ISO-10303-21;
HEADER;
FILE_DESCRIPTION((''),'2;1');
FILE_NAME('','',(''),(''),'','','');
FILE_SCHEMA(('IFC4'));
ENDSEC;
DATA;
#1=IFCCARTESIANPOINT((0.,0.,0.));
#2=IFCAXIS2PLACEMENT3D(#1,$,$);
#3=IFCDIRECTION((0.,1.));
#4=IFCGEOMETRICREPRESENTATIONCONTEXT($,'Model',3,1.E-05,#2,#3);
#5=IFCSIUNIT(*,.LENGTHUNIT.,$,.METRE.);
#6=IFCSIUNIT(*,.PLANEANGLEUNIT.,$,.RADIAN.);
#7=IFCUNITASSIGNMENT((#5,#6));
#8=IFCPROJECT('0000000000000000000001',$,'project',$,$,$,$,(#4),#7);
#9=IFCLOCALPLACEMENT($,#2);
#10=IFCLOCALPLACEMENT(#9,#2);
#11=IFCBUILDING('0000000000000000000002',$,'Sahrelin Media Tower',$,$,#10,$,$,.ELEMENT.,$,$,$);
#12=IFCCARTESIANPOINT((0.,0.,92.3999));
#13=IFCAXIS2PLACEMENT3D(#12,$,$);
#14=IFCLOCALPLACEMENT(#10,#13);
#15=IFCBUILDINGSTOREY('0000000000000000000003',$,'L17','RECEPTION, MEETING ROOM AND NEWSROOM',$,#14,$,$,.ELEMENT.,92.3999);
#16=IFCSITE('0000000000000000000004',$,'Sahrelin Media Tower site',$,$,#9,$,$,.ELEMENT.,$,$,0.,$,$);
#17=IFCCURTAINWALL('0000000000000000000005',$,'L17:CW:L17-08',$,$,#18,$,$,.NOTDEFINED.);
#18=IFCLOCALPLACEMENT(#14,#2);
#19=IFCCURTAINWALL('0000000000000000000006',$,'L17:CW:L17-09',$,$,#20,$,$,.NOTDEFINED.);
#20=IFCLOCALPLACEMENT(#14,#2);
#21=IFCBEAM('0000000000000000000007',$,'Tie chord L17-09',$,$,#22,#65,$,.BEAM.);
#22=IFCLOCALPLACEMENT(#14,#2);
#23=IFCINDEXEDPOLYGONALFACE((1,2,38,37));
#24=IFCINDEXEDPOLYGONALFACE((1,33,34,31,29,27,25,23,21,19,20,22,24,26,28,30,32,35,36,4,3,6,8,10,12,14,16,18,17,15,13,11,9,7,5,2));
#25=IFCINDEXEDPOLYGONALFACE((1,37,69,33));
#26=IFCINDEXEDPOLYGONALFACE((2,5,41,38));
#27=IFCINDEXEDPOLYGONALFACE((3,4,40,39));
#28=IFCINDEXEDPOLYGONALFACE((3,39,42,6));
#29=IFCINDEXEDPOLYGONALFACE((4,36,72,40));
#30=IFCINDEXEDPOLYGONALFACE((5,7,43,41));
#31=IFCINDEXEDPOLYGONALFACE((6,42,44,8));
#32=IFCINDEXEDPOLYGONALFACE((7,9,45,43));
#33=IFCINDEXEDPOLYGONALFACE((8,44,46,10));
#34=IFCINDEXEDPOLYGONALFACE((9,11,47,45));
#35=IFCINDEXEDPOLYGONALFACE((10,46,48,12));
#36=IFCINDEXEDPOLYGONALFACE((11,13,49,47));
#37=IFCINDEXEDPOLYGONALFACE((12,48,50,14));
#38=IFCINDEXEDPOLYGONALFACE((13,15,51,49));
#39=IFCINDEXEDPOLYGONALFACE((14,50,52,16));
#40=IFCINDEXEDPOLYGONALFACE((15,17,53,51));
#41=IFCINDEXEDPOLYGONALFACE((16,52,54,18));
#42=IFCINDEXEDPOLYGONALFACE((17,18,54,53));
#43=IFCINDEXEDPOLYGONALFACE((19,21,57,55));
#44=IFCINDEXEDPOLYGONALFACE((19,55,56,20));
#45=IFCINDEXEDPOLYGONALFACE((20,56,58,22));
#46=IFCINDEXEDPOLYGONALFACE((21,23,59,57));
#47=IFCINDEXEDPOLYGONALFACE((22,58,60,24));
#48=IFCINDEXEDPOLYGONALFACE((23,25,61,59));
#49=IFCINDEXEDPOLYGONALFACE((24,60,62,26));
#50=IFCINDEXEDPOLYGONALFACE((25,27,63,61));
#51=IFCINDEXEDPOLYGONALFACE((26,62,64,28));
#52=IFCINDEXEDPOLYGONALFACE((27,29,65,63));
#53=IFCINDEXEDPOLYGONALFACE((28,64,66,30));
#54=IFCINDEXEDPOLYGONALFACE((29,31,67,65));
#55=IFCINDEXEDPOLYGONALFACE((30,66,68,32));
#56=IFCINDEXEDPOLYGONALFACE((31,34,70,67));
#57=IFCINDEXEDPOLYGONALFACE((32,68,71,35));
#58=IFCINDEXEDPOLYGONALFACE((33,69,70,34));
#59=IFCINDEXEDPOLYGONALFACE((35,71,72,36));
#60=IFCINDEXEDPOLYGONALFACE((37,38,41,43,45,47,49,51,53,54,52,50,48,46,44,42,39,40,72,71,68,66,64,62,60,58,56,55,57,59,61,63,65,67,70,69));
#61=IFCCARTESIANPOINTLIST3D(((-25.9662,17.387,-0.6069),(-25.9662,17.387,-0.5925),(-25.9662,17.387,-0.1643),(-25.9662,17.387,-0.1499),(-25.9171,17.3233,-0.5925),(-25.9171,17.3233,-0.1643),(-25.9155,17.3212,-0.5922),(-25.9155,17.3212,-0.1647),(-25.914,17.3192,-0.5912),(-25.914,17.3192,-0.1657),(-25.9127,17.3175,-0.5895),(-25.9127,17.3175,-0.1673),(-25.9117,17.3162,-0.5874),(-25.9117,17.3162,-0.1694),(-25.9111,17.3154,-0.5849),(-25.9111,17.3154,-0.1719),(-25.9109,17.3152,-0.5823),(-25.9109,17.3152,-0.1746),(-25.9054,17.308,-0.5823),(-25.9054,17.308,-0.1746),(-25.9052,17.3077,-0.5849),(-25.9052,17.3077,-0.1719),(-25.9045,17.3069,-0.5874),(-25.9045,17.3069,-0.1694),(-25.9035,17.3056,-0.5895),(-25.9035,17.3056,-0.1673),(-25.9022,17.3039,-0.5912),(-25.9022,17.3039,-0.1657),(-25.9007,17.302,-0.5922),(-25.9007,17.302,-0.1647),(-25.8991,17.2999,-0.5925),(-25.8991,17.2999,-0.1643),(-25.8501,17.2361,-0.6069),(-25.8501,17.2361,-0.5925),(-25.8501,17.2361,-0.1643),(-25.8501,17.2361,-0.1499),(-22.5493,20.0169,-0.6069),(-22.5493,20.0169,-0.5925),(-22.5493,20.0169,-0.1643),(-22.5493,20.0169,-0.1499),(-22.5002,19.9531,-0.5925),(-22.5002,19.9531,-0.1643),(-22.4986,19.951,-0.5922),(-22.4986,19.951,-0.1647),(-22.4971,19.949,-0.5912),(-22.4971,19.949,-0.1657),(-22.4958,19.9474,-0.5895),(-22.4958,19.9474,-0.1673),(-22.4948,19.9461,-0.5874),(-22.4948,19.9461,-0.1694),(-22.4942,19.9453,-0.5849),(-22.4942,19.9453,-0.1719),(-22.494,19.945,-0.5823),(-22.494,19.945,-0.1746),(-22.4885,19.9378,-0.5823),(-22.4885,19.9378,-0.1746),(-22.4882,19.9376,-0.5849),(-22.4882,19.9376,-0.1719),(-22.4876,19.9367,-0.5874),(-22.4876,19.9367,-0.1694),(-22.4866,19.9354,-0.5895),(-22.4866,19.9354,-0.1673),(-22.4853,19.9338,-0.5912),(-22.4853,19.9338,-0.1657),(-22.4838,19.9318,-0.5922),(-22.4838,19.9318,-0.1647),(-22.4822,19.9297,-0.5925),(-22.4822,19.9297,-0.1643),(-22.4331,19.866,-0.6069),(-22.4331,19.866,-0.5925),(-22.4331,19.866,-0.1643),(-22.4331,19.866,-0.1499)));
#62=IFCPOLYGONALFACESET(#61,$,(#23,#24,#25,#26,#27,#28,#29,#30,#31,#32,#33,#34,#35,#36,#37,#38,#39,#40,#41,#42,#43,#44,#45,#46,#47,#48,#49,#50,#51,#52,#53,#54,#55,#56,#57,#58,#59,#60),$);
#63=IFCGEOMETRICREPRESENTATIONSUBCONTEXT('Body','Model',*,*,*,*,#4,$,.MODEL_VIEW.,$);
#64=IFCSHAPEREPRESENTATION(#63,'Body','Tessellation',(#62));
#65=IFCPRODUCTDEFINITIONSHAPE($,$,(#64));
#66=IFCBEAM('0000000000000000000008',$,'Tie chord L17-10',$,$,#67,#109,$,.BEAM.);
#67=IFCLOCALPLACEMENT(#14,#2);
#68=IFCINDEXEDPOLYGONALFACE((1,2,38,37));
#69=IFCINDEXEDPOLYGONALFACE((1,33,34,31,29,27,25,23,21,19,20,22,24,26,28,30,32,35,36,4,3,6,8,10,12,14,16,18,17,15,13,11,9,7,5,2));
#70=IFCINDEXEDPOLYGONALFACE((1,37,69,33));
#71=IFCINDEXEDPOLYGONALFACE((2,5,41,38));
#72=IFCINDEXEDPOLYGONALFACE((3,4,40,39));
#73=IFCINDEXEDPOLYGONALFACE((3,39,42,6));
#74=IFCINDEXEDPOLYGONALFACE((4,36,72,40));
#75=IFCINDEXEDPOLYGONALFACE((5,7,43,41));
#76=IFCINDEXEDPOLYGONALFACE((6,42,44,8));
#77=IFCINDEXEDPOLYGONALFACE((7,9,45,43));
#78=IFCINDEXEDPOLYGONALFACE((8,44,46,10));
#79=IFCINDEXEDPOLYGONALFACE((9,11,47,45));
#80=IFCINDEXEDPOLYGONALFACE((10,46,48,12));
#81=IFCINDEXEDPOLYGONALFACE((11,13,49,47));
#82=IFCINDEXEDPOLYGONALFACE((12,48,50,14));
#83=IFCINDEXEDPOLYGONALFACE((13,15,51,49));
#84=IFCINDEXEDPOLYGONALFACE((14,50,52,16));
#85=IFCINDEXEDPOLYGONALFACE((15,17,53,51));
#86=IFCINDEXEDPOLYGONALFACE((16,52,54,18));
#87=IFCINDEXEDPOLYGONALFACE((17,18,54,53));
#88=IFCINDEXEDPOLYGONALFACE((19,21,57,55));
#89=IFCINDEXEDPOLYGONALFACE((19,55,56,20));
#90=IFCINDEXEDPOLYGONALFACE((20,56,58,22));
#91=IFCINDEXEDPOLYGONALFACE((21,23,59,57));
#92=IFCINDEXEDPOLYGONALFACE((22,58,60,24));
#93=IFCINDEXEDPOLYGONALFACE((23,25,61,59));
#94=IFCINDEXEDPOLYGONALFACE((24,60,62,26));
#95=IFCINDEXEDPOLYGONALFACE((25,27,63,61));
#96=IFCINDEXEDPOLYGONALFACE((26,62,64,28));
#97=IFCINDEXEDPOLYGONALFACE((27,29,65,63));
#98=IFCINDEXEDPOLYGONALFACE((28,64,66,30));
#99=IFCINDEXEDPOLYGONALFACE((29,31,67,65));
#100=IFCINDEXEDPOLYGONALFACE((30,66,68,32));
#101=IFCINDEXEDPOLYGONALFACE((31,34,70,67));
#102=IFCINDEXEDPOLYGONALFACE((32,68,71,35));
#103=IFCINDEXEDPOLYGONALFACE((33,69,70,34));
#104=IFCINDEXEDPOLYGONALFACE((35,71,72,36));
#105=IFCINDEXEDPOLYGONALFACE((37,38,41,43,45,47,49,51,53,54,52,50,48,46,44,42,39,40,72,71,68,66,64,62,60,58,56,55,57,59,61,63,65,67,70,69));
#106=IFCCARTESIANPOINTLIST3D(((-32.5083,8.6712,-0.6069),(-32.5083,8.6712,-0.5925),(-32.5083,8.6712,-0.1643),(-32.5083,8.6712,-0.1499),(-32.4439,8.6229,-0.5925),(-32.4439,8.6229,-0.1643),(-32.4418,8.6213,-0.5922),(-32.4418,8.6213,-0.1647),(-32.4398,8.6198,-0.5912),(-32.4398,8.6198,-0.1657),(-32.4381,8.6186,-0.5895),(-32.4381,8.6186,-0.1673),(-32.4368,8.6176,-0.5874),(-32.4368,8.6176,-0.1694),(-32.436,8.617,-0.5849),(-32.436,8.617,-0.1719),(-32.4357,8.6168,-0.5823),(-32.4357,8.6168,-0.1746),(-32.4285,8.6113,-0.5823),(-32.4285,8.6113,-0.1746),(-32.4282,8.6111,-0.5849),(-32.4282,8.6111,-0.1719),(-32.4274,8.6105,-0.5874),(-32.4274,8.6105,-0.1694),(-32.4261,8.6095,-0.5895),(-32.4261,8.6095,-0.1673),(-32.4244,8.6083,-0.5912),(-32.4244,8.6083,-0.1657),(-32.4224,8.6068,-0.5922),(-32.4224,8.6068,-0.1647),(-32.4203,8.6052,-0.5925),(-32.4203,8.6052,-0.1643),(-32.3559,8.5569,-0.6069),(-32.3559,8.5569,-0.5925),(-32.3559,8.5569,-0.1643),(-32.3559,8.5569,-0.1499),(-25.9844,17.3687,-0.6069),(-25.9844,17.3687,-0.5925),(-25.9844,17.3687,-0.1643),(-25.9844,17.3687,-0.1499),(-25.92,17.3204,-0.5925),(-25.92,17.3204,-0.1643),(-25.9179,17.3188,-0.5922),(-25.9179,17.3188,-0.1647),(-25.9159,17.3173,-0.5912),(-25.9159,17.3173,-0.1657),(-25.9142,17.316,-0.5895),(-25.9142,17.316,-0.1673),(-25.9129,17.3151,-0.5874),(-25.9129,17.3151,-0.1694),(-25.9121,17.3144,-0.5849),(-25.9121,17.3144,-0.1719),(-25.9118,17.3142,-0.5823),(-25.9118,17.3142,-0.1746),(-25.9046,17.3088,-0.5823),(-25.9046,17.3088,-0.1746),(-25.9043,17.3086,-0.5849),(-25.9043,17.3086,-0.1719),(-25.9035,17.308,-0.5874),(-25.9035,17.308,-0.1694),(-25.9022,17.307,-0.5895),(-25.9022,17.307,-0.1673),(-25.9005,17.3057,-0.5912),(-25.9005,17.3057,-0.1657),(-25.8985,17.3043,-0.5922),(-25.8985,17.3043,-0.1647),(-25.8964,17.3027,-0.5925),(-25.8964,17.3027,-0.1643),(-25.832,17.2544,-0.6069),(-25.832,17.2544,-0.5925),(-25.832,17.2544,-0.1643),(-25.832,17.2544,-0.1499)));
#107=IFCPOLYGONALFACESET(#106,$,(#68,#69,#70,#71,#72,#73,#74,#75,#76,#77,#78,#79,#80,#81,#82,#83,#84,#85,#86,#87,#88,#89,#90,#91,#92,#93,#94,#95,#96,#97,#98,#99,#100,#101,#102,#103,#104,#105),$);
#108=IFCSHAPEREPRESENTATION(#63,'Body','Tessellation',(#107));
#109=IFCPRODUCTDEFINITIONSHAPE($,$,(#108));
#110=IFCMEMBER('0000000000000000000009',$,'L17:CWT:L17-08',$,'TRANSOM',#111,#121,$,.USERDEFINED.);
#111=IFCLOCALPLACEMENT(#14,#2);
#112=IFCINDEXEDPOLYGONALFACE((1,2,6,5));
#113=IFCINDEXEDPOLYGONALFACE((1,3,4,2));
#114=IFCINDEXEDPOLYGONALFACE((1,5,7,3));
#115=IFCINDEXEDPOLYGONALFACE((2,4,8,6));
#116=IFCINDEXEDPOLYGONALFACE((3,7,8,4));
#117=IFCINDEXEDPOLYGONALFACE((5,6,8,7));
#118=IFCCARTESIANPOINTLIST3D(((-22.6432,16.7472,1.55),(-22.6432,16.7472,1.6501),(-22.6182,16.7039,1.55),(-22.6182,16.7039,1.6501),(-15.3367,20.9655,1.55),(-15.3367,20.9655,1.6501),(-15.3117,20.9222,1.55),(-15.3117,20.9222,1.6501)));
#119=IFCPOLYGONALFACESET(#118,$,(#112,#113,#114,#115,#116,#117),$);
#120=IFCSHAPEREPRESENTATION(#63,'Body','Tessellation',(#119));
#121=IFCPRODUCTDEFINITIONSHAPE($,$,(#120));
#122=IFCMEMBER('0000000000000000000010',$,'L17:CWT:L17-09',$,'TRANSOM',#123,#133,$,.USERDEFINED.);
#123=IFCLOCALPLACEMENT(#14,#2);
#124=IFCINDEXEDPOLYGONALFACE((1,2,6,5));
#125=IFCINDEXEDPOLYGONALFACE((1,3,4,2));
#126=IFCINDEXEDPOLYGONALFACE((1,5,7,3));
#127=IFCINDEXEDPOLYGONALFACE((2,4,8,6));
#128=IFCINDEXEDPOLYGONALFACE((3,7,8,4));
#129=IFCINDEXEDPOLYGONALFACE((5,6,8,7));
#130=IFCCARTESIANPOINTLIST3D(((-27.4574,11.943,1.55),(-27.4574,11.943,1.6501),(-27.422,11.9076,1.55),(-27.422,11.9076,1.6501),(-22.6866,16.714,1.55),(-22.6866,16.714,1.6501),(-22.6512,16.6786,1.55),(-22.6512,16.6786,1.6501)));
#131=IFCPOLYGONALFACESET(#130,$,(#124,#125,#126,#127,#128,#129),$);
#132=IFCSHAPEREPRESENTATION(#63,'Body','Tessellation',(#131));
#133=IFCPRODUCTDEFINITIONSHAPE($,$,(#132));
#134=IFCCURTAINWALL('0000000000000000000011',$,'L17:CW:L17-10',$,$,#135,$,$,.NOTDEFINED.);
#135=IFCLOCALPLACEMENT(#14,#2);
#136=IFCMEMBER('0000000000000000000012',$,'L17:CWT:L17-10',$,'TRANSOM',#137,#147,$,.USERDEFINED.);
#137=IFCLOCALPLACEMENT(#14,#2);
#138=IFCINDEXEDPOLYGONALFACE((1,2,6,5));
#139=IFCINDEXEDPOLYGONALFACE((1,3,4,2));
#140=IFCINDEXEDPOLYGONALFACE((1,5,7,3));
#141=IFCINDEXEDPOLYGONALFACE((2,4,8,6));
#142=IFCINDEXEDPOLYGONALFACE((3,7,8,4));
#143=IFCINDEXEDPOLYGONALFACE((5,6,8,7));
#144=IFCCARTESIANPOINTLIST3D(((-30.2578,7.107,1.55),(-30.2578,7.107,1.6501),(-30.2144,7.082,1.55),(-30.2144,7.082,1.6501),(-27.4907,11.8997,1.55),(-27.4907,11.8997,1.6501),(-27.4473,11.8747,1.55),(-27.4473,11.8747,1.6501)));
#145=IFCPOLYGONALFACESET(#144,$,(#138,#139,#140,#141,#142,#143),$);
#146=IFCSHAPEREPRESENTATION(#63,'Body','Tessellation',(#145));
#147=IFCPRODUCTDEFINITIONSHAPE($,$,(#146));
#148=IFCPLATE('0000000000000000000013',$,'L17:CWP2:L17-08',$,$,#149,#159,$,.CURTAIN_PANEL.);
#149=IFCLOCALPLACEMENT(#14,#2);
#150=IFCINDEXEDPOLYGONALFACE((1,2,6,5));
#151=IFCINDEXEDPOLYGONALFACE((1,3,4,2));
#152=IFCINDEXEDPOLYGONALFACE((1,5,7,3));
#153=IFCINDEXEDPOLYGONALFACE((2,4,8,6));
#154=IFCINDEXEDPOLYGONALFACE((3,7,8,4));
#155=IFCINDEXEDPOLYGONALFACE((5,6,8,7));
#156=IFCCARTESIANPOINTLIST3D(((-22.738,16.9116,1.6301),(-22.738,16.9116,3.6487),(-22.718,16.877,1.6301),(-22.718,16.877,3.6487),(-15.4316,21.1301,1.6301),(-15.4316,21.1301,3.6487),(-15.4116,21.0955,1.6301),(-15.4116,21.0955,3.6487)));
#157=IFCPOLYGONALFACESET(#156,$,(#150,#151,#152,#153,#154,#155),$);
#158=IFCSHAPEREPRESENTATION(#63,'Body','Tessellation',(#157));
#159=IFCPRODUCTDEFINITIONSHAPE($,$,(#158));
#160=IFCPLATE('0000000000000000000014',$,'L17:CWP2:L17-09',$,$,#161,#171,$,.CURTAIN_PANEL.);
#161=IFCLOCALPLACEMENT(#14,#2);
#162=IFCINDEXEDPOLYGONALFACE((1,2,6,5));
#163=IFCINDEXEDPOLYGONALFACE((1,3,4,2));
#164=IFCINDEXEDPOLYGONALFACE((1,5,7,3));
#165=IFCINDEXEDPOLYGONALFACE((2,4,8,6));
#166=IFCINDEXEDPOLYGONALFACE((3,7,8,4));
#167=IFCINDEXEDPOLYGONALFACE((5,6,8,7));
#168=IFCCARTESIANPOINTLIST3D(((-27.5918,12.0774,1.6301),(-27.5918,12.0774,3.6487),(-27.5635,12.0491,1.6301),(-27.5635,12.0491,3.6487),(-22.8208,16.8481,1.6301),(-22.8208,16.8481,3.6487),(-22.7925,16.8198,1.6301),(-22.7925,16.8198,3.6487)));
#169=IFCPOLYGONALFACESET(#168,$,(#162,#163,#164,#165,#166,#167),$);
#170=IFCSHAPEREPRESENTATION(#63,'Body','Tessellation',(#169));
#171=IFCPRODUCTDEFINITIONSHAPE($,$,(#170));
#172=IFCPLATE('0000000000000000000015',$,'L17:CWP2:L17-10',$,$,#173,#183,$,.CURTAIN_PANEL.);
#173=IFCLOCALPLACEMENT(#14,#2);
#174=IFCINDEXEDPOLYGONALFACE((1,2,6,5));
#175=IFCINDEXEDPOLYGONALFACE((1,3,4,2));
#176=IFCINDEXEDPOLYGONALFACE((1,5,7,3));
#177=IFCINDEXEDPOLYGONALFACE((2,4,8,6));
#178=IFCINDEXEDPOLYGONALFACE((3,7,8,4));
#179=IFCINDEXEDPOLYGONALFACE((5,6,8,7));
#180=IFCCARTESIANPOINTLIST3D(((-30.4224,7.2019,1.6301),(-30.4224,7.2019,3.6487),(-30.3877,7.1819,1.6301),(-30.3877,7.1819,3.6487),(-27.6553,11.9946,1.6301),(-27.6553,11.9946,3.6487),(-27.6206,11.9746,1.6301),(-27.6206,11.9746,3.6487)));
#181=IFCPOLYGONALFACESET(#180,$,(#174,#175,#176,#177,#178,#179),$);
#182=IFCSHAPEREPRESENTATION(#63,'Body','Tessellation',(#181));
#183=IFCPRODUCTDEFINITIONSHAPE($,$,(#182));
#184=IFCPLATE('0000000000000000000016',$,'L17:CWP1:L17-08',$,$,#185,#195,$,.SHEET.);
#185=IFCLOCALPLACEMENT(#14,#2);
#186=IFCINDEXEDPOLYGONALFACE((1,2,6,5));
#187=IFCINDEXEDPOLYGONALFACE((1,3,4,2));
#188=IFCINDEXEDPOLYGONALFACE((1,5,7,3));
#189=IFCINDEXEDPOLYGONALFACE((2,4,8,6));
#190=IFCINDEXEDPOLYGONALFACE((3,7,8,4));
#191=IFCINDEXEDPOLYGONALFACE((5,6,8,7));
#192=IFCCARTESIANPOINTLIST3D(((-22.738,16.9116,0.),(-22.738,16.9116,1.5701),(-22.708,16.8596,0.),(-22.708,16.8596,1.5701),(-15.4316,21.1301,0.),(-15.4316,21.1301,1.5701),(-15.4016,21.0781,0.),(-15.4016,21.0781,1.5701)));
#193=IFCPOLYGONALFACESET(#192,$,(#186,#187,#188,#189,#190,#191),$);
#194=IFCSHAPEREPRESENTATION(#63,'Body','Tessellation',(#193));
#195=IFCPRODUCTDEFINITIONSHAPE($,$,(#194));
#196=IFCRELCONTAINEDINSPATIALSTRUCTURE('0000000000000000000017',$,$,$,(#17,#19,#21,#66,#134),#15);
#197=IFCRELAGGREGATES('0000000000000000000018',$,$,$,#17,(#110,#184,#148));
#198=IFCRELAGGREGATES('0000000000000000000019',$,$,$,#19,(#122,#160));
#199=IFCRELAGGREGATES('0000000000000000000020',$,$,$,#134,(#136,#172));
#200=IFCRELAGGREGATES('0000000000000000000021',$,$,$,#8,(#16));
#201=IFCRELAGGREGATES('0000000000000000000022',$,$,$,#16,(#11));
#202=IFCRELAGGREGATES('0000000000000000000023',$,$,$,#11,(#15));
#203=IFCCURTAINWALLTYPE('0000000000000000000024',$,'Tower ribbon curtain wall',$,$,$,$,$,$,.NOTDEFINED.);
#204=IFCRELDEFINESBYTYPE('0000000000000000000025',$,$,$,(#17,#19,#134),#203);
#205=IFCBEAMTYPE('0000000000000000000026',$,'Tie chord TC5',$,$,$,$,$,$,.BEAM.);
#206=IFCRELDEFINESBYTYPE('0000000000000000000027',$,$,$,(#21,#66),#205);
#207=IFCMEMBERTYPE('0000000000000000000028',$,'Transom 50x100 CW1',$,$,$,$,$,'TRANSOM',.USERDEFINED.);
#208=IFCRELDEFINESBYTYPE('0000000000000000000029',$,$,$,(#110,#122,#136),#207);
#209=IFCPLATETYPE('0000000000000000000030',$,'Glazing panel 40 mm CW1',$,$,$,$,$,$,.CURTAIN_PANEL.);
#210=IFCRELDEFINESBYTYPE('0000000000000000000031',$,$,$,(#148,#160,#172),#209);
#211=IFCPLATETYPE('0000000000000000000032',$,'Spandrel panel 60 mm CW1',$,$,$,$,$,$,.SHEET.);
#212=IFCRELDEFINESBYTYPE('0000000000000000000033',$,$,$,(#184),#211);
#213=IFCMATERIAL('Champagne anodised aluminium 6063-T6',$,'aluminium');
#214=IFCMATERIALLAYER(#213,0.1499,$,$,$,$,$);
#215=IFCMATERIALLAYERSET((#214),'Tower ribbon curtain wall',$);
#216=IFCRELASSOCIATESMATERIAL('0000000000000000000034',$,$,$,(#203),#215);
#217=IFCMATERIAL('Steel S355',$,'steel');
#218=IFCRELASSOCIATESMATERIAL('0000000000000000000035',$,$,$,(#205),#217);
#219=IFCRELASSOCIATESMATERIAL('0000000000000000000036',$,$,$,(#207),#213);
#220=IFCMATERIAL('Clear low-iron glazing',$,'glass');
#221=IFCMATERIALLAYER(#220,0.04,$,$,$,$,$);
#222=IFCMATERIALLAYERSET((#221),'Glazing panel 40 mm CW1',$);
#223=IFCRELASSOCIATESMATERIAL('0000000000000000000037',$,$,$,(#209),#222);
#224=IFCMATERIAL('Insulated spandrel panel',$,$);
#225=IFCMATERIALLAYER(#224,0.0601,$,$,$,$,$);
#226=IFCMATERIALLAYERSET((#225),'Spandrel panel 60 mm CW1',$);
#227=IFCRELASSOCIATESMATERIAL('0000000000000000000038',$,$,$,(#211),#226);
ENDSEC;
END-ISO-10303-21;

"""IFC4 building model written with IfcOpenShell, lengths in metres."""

from ifc_helpers import new_model, si_unit, direction, frame, origin, origin_2d, place, context, subcontext, project, spatial, polyline, rectangle, i_section, outline, extrude, material, layer, layer_set, material_profile, profile_set, type_object, element, aggregate, save


model = new_model("IFC4")

# Units and contexts
model_context = context("Model", 3, precision=1e-05, world=origin(), true_north=direction((0.0, 1.0)))
body_context = subcontext(model_context, "Body", "Model", "MODEL_VIEW")
ifc_project = project(units=[si_unit("LENGTHUNIT", "METRE"), si_unit("PLANEANGLEUNIT", "RADIAN")], contexts=[model_context])

# Site, building, storey
site_placement = place(None, origin())
site = spatial("IfcSite", under=ifc_project, at=site_placement, Name="Sahrelin Media Tower site", CompositionType="ELEMENT", RefElevation=0.0)
building_placement = place(site_placement, origin())
building = spatial("IfcBuilding", under=site, at=building_placement, Name="Sahrelin Media Tower", CompositionType="ELEMENT")
storey_placement = place(building_placement, frame((0.0, 0.0, 92.3999)))
storey = spatial("IfcBuildingStorey", under=building, at=storey_placement, Name="L17", Description="RECEPTION, MEETING ROOM AND NEWSROOM", CompositionType="ELEMENT", Elevation=92.3999)

# Shared definitions
ifc_material_1 = material(Name="Steel S355", Category="steel")

# Curtain walls
ifc_material_2 = material(Name="Champagne anodised aluminium 6063-T6", Category="aluminium")
ifc_layer_1 = layer(ifc_material_2, 0.1499)
ifc_layer_set_1 = layer_set([ifc_layer_1], Name="Tower ribbon curtain wall")
curtain_wall_type = type_object("IfcCurtainWallType", Name="Tower ribbon curtain wall", PredefinedType="NOTDEFINED", material=ifc_layer_set_1)
curtain_wall_1_placement = place(storey_placement, frame((-19.075, 19.0037, 0.0), z_axis=(0.0, 0.0, 1.0), x_axis=(1.0, 0.0, 0.0)))
curtain_wall_1 = element("IfcCurtainWall", 1, at=curtain_wall_1_placement, inside=storey, type_object=curtain_wall_type, Name="L17:CW:L17-08", PredefinedType="NOTDEFINED")
curtain_wall_2_placement = place(storey_placement, frame((-25.1921, 14.4485, 0.0), z_axis=(0.0, 0.0, 1.0), x_axis=(1.0, 0.0, 0.0)))
curtain_wall_2 = element("IfcCurtainWall", 2, at=curtain_wall_2_placement, inside=storey, type_object=curtain_wall_type, Name="L17:CW:L17-09", PredefinedType="NOTDEFINED")

# Beams
ifc_material_profile_1 = material_profile(ifc_material_1, i_section(OverallWidth=0.1904, OverallDepth=0.457, WebThickness=0.009, FlangeThickness=0.0144, FilletRadius=0.0103, at=origin_2d()), Name="UB 457x191x74")
ifc_profile_set_1 = profile_set([ifc_material_profile_1], Name="Steel S355")
beam_type_1 = type_object("IfcBeamType", Name="Tie chord TC5", PredefinedType="BEAM", material=ifc_profile_set_1)
beam_1_placement = place(storey_placement, frame((-22.4912, 19.9414, -0.3784), z_axis=(-0.792464, -0.609919, 0.0), x_axis=(0.609919, -0.792464, 0.0)))
element("IfcBeam", 3, at=beam_1_placement, inside=storey, type_object=beam_type_1, Name="Tie chord L17-09", PredefinedType="BEAM", context=body_context, shape_type="SweptSolid", body=[
    extrude(i_section(OverallWidth=0.1904, OverallDepth=0.457, WebThickness=0.009, FlangeThickness=0.0144, FilletRadius=0.0103, at=origin_2d()), origin(), (0.0, 0.0, 1.0), 4.3118),
])
beam_2_placement = place(storey_placement, frame((-25.9082, 17.3115, -0.3784), z_axis=(-0.600047, -0.799965, 0.0), x_axis=(0.799965, -0.600047, 0.0)))
element("IfcBeam", 4, at=beam_2_placement, inside=storey, type_object=beam_type_1, Name="Tie chord L17-10", PredefinedType="BEAM", context=body_context, shape_type="SweptSolid", body=[
    extrude(i_section(OverallWidth=0.1904, OverallDepth=0.457, WebThickness=0.009, FlangeThickness=0.0144, FilletRadius=0.0103, at=origin_2d()), origin(), (0.0, 0.0, 1.0), 10.8723),
])

# Members
ifc_material_profile_2 = material_profile(ifc_material_2, rectangle(XDim=0.05, YDim=0.1001, at=origin_2d()), Name="Transom 50x100")
ifc_profile_set_2 = profile_set([ifc_material_profile_2], Name="Champagne anodised aluminium 6063-T6")
member_type_1 = type_object("IfcMemberType", Name="Transom 50x100 CW1", ElementType="TRANSOM", PredefinedType="USERDEFINED", material=ifc_profile_set_2)
member_1_placement = place(storey_placement, frame((-15.3242, 20.9438, 1.6001), z_axis=(-0.86603, -0.499992, 0.0), x_axis=(0.499992, -0.86603, 0.0)))
member_1 = element("IfcMember", 5, at=member_1_placement, type_object=member_type_1, Name="L17:CWT:L17-08", ObjectType="TRANSOM", PredefinedType="USERDEFINED", context=body_context, shape_type="SweptSolid", body=[
    extrude(rectangle(XDim=0.05, YDim=0.1001, at=origin_2d()), origin(), (0.0, 0.0, 1.0), 8.4368),
])
member_2_placement = place(storey_placement, frame((-22.6689, 16.6963, 1.6001), z_axis=(-0.707089, -0.707125, 0.0), x_axis=(0.707125, -0.707089, 0.0)))
member_2 = element("IfcMember", 6, at=member_2_placement, type_object=member_type_1, Name="L17:CWT:L17-09", ObjectType="TRANSOM", PredefinedType="USERDEFINED", context=body_context, shape_type="SweptSolid", body=[
    extrude(rectangle(XDim=0.05, YDim=0.1001, at=origin_2d()), origin(), (0.0, 0.0, 1.0), 6.7471),
])

# Curtain wall, member
curtain_wall_3_placement = place(storey_placement, frame((-29.0215, 9.5884, 0.0), z_axis=(0.0, 0.0, 1.0), x_axis=(1.0, 0.0, 0.0)))
curtain_wall_3 = element("IfcCurtainWall", 7, at=curtain_wall_3_placement, inside=storey, type_object=curtain_wall_type, Name="L17:CW:L17-10", PredefinedType="NOTDEFINED")
member_3_placement = place(storey_placement, frame((-27.469, 11.8872, 1.6001), z_axis=(-0.500001, -0.866025, 0.0), x_axis=(0.866025, -0.500001, 0.0)))
member_3 = element("IfcMember", 8, at=member_3_placement, type_object=member_type_1, Name="L17:CWT:L17-10", ObjectType="TRANSOM", PredefinedType="USERDEFINED", context=body_context, shape_type="SweptSolid", body=[
    extrude(rectangle(XDim=0.05, YDim=0.1001, at=origin_2d()), origin(), (0.0, 0.0, 1.0), 5.5342),
])

# Plates
ifc_material_3 = material(Name="Clear low-iron glazing", Category="glass")
ifc_layer_2 = layer(ifc_material_3, 0.04)
ifc_layer_set_2 = layer_set([ifc_layer_2], Name="Glazing panel 40 mm CW1")
plate_type_1 = type_object("IfcPlateType", Name="Glazing panel 40 mm CW1", PredefinedType="CURTAIN_PANEL", material=ifc_layer_set_2)
plate_1_placement = place(storey_placement, frame((-15.4316, 21.1301, 1.6301), z_axis=(-0.500014, 0.866017, 0.0), x_axis=(-0.866017, -0.500014, 0.0)))
plate_1 = element("IfcPlate", 9, at=plate_1_placement, type_object=plate_type_1, Name="L17:CWP2:L17-08", PredefinedType="CURTAIN_PANEL", context=body_context, shape_type="SweptSolid", body=[
    extrude(outline(polyline([(0.0, 0.0), (8.4368, 0.0), (8.4368, 2.0186), (0.0, 2.0186), (0.0, 0.0)])), origin(), (0.0, 0.0, -1.0), 0.04),
])
plate_2_placement = place(storey_placement, frame((-22.8208, 16.8481, 1.6301), z_axis=(-0.707089, 0.707125, 0.0), x_axis=(-0.707125, -0.707089, 0.0)))
plate_2 = element("IfcPlate", 10, at=plate_2_placement, type_object=plate_type_1, Name="L17:CWP2:L17-09", PredefinedType="CURTAIN_PANEL", context=body_context, shape_type="SweptSolid", body=[
    extrude(outline(polyline([(0.0, 0.0), (6.7471, 0.0), (6.7471, 2.0186), (0.0, 2.0186), (0.0, 0.0)])), origin(), (0.0, 0.0, -1.0), 0.04),
])
plate_3_placement = place(storey_placement, frame((-27.6553, 11.9946, 1.6301), z_axis=(-0.866025, 0.500001, 0.0), x_axis=(-0.500001, -0.866025, 0.0)))
plate_3 = element("IfcPlate", 11, at=plate_3_placement, type_object=plate_type_1, Name="L17:CWP2:L17-10", PredefinedType="CURTAIN_PANEL", context=body_context, shape_type="SweptSolid", body=[
    extrude(outline(polyline([(0.0, 0.0), (5.5342, 0.0), (5.5342, 2.0186), (0.0, 2.0186), (0.0, 0.0)])), origin(), (0.0, 0.0, -1.0), 0.04),
])
ifc_material_4 = material(Name="Insulated spandrel panel")
ifc_layer_3 = layer(ifc_material_4, 0.0601)
ifc_layer_set_3 = layer_set([ifc_layer_3], Name="Spandrel panel 60 mm CW1")
plate_type_2 = type_object("IfcPlateType", Name="Spandrel panel 60 mm CW1", PredefinedType="SHEET", material=ifc_layer_set_3)
plate_4_placement = place(storey_placement, frame((-15.4316, 21.1301, 0.0), z_axis=(-0.500014, 0.866017, 0.0), x_axis=(-0.866017, -0.500014, 0.0)))
plate_4 = element("IfcPlate", 12, at=plate_4_placement, type_object=plate_type_2, Name="L17:CWP1:L17-08", PredefinedType="SHEET", context=body_context, shape_type="SweptSolid", body=[
    extrude(outline(polyline([(0.0, 0.0), (8.4368, 0.0), (8.4368, 1.5701), (0.0, 1.5701), (0.0, 0.0)])), origin(), (0.0, 0.0, -1.0), 0.0601),
])
aggregate(curtain_wall_1, [member_1, plate_4, plate_1])
aggregate(curtain_wall_2, [member_2, plate_2])
aggregate(curtain_wall_3, [member_3, plate_3])

save(model, "model.ifc")
